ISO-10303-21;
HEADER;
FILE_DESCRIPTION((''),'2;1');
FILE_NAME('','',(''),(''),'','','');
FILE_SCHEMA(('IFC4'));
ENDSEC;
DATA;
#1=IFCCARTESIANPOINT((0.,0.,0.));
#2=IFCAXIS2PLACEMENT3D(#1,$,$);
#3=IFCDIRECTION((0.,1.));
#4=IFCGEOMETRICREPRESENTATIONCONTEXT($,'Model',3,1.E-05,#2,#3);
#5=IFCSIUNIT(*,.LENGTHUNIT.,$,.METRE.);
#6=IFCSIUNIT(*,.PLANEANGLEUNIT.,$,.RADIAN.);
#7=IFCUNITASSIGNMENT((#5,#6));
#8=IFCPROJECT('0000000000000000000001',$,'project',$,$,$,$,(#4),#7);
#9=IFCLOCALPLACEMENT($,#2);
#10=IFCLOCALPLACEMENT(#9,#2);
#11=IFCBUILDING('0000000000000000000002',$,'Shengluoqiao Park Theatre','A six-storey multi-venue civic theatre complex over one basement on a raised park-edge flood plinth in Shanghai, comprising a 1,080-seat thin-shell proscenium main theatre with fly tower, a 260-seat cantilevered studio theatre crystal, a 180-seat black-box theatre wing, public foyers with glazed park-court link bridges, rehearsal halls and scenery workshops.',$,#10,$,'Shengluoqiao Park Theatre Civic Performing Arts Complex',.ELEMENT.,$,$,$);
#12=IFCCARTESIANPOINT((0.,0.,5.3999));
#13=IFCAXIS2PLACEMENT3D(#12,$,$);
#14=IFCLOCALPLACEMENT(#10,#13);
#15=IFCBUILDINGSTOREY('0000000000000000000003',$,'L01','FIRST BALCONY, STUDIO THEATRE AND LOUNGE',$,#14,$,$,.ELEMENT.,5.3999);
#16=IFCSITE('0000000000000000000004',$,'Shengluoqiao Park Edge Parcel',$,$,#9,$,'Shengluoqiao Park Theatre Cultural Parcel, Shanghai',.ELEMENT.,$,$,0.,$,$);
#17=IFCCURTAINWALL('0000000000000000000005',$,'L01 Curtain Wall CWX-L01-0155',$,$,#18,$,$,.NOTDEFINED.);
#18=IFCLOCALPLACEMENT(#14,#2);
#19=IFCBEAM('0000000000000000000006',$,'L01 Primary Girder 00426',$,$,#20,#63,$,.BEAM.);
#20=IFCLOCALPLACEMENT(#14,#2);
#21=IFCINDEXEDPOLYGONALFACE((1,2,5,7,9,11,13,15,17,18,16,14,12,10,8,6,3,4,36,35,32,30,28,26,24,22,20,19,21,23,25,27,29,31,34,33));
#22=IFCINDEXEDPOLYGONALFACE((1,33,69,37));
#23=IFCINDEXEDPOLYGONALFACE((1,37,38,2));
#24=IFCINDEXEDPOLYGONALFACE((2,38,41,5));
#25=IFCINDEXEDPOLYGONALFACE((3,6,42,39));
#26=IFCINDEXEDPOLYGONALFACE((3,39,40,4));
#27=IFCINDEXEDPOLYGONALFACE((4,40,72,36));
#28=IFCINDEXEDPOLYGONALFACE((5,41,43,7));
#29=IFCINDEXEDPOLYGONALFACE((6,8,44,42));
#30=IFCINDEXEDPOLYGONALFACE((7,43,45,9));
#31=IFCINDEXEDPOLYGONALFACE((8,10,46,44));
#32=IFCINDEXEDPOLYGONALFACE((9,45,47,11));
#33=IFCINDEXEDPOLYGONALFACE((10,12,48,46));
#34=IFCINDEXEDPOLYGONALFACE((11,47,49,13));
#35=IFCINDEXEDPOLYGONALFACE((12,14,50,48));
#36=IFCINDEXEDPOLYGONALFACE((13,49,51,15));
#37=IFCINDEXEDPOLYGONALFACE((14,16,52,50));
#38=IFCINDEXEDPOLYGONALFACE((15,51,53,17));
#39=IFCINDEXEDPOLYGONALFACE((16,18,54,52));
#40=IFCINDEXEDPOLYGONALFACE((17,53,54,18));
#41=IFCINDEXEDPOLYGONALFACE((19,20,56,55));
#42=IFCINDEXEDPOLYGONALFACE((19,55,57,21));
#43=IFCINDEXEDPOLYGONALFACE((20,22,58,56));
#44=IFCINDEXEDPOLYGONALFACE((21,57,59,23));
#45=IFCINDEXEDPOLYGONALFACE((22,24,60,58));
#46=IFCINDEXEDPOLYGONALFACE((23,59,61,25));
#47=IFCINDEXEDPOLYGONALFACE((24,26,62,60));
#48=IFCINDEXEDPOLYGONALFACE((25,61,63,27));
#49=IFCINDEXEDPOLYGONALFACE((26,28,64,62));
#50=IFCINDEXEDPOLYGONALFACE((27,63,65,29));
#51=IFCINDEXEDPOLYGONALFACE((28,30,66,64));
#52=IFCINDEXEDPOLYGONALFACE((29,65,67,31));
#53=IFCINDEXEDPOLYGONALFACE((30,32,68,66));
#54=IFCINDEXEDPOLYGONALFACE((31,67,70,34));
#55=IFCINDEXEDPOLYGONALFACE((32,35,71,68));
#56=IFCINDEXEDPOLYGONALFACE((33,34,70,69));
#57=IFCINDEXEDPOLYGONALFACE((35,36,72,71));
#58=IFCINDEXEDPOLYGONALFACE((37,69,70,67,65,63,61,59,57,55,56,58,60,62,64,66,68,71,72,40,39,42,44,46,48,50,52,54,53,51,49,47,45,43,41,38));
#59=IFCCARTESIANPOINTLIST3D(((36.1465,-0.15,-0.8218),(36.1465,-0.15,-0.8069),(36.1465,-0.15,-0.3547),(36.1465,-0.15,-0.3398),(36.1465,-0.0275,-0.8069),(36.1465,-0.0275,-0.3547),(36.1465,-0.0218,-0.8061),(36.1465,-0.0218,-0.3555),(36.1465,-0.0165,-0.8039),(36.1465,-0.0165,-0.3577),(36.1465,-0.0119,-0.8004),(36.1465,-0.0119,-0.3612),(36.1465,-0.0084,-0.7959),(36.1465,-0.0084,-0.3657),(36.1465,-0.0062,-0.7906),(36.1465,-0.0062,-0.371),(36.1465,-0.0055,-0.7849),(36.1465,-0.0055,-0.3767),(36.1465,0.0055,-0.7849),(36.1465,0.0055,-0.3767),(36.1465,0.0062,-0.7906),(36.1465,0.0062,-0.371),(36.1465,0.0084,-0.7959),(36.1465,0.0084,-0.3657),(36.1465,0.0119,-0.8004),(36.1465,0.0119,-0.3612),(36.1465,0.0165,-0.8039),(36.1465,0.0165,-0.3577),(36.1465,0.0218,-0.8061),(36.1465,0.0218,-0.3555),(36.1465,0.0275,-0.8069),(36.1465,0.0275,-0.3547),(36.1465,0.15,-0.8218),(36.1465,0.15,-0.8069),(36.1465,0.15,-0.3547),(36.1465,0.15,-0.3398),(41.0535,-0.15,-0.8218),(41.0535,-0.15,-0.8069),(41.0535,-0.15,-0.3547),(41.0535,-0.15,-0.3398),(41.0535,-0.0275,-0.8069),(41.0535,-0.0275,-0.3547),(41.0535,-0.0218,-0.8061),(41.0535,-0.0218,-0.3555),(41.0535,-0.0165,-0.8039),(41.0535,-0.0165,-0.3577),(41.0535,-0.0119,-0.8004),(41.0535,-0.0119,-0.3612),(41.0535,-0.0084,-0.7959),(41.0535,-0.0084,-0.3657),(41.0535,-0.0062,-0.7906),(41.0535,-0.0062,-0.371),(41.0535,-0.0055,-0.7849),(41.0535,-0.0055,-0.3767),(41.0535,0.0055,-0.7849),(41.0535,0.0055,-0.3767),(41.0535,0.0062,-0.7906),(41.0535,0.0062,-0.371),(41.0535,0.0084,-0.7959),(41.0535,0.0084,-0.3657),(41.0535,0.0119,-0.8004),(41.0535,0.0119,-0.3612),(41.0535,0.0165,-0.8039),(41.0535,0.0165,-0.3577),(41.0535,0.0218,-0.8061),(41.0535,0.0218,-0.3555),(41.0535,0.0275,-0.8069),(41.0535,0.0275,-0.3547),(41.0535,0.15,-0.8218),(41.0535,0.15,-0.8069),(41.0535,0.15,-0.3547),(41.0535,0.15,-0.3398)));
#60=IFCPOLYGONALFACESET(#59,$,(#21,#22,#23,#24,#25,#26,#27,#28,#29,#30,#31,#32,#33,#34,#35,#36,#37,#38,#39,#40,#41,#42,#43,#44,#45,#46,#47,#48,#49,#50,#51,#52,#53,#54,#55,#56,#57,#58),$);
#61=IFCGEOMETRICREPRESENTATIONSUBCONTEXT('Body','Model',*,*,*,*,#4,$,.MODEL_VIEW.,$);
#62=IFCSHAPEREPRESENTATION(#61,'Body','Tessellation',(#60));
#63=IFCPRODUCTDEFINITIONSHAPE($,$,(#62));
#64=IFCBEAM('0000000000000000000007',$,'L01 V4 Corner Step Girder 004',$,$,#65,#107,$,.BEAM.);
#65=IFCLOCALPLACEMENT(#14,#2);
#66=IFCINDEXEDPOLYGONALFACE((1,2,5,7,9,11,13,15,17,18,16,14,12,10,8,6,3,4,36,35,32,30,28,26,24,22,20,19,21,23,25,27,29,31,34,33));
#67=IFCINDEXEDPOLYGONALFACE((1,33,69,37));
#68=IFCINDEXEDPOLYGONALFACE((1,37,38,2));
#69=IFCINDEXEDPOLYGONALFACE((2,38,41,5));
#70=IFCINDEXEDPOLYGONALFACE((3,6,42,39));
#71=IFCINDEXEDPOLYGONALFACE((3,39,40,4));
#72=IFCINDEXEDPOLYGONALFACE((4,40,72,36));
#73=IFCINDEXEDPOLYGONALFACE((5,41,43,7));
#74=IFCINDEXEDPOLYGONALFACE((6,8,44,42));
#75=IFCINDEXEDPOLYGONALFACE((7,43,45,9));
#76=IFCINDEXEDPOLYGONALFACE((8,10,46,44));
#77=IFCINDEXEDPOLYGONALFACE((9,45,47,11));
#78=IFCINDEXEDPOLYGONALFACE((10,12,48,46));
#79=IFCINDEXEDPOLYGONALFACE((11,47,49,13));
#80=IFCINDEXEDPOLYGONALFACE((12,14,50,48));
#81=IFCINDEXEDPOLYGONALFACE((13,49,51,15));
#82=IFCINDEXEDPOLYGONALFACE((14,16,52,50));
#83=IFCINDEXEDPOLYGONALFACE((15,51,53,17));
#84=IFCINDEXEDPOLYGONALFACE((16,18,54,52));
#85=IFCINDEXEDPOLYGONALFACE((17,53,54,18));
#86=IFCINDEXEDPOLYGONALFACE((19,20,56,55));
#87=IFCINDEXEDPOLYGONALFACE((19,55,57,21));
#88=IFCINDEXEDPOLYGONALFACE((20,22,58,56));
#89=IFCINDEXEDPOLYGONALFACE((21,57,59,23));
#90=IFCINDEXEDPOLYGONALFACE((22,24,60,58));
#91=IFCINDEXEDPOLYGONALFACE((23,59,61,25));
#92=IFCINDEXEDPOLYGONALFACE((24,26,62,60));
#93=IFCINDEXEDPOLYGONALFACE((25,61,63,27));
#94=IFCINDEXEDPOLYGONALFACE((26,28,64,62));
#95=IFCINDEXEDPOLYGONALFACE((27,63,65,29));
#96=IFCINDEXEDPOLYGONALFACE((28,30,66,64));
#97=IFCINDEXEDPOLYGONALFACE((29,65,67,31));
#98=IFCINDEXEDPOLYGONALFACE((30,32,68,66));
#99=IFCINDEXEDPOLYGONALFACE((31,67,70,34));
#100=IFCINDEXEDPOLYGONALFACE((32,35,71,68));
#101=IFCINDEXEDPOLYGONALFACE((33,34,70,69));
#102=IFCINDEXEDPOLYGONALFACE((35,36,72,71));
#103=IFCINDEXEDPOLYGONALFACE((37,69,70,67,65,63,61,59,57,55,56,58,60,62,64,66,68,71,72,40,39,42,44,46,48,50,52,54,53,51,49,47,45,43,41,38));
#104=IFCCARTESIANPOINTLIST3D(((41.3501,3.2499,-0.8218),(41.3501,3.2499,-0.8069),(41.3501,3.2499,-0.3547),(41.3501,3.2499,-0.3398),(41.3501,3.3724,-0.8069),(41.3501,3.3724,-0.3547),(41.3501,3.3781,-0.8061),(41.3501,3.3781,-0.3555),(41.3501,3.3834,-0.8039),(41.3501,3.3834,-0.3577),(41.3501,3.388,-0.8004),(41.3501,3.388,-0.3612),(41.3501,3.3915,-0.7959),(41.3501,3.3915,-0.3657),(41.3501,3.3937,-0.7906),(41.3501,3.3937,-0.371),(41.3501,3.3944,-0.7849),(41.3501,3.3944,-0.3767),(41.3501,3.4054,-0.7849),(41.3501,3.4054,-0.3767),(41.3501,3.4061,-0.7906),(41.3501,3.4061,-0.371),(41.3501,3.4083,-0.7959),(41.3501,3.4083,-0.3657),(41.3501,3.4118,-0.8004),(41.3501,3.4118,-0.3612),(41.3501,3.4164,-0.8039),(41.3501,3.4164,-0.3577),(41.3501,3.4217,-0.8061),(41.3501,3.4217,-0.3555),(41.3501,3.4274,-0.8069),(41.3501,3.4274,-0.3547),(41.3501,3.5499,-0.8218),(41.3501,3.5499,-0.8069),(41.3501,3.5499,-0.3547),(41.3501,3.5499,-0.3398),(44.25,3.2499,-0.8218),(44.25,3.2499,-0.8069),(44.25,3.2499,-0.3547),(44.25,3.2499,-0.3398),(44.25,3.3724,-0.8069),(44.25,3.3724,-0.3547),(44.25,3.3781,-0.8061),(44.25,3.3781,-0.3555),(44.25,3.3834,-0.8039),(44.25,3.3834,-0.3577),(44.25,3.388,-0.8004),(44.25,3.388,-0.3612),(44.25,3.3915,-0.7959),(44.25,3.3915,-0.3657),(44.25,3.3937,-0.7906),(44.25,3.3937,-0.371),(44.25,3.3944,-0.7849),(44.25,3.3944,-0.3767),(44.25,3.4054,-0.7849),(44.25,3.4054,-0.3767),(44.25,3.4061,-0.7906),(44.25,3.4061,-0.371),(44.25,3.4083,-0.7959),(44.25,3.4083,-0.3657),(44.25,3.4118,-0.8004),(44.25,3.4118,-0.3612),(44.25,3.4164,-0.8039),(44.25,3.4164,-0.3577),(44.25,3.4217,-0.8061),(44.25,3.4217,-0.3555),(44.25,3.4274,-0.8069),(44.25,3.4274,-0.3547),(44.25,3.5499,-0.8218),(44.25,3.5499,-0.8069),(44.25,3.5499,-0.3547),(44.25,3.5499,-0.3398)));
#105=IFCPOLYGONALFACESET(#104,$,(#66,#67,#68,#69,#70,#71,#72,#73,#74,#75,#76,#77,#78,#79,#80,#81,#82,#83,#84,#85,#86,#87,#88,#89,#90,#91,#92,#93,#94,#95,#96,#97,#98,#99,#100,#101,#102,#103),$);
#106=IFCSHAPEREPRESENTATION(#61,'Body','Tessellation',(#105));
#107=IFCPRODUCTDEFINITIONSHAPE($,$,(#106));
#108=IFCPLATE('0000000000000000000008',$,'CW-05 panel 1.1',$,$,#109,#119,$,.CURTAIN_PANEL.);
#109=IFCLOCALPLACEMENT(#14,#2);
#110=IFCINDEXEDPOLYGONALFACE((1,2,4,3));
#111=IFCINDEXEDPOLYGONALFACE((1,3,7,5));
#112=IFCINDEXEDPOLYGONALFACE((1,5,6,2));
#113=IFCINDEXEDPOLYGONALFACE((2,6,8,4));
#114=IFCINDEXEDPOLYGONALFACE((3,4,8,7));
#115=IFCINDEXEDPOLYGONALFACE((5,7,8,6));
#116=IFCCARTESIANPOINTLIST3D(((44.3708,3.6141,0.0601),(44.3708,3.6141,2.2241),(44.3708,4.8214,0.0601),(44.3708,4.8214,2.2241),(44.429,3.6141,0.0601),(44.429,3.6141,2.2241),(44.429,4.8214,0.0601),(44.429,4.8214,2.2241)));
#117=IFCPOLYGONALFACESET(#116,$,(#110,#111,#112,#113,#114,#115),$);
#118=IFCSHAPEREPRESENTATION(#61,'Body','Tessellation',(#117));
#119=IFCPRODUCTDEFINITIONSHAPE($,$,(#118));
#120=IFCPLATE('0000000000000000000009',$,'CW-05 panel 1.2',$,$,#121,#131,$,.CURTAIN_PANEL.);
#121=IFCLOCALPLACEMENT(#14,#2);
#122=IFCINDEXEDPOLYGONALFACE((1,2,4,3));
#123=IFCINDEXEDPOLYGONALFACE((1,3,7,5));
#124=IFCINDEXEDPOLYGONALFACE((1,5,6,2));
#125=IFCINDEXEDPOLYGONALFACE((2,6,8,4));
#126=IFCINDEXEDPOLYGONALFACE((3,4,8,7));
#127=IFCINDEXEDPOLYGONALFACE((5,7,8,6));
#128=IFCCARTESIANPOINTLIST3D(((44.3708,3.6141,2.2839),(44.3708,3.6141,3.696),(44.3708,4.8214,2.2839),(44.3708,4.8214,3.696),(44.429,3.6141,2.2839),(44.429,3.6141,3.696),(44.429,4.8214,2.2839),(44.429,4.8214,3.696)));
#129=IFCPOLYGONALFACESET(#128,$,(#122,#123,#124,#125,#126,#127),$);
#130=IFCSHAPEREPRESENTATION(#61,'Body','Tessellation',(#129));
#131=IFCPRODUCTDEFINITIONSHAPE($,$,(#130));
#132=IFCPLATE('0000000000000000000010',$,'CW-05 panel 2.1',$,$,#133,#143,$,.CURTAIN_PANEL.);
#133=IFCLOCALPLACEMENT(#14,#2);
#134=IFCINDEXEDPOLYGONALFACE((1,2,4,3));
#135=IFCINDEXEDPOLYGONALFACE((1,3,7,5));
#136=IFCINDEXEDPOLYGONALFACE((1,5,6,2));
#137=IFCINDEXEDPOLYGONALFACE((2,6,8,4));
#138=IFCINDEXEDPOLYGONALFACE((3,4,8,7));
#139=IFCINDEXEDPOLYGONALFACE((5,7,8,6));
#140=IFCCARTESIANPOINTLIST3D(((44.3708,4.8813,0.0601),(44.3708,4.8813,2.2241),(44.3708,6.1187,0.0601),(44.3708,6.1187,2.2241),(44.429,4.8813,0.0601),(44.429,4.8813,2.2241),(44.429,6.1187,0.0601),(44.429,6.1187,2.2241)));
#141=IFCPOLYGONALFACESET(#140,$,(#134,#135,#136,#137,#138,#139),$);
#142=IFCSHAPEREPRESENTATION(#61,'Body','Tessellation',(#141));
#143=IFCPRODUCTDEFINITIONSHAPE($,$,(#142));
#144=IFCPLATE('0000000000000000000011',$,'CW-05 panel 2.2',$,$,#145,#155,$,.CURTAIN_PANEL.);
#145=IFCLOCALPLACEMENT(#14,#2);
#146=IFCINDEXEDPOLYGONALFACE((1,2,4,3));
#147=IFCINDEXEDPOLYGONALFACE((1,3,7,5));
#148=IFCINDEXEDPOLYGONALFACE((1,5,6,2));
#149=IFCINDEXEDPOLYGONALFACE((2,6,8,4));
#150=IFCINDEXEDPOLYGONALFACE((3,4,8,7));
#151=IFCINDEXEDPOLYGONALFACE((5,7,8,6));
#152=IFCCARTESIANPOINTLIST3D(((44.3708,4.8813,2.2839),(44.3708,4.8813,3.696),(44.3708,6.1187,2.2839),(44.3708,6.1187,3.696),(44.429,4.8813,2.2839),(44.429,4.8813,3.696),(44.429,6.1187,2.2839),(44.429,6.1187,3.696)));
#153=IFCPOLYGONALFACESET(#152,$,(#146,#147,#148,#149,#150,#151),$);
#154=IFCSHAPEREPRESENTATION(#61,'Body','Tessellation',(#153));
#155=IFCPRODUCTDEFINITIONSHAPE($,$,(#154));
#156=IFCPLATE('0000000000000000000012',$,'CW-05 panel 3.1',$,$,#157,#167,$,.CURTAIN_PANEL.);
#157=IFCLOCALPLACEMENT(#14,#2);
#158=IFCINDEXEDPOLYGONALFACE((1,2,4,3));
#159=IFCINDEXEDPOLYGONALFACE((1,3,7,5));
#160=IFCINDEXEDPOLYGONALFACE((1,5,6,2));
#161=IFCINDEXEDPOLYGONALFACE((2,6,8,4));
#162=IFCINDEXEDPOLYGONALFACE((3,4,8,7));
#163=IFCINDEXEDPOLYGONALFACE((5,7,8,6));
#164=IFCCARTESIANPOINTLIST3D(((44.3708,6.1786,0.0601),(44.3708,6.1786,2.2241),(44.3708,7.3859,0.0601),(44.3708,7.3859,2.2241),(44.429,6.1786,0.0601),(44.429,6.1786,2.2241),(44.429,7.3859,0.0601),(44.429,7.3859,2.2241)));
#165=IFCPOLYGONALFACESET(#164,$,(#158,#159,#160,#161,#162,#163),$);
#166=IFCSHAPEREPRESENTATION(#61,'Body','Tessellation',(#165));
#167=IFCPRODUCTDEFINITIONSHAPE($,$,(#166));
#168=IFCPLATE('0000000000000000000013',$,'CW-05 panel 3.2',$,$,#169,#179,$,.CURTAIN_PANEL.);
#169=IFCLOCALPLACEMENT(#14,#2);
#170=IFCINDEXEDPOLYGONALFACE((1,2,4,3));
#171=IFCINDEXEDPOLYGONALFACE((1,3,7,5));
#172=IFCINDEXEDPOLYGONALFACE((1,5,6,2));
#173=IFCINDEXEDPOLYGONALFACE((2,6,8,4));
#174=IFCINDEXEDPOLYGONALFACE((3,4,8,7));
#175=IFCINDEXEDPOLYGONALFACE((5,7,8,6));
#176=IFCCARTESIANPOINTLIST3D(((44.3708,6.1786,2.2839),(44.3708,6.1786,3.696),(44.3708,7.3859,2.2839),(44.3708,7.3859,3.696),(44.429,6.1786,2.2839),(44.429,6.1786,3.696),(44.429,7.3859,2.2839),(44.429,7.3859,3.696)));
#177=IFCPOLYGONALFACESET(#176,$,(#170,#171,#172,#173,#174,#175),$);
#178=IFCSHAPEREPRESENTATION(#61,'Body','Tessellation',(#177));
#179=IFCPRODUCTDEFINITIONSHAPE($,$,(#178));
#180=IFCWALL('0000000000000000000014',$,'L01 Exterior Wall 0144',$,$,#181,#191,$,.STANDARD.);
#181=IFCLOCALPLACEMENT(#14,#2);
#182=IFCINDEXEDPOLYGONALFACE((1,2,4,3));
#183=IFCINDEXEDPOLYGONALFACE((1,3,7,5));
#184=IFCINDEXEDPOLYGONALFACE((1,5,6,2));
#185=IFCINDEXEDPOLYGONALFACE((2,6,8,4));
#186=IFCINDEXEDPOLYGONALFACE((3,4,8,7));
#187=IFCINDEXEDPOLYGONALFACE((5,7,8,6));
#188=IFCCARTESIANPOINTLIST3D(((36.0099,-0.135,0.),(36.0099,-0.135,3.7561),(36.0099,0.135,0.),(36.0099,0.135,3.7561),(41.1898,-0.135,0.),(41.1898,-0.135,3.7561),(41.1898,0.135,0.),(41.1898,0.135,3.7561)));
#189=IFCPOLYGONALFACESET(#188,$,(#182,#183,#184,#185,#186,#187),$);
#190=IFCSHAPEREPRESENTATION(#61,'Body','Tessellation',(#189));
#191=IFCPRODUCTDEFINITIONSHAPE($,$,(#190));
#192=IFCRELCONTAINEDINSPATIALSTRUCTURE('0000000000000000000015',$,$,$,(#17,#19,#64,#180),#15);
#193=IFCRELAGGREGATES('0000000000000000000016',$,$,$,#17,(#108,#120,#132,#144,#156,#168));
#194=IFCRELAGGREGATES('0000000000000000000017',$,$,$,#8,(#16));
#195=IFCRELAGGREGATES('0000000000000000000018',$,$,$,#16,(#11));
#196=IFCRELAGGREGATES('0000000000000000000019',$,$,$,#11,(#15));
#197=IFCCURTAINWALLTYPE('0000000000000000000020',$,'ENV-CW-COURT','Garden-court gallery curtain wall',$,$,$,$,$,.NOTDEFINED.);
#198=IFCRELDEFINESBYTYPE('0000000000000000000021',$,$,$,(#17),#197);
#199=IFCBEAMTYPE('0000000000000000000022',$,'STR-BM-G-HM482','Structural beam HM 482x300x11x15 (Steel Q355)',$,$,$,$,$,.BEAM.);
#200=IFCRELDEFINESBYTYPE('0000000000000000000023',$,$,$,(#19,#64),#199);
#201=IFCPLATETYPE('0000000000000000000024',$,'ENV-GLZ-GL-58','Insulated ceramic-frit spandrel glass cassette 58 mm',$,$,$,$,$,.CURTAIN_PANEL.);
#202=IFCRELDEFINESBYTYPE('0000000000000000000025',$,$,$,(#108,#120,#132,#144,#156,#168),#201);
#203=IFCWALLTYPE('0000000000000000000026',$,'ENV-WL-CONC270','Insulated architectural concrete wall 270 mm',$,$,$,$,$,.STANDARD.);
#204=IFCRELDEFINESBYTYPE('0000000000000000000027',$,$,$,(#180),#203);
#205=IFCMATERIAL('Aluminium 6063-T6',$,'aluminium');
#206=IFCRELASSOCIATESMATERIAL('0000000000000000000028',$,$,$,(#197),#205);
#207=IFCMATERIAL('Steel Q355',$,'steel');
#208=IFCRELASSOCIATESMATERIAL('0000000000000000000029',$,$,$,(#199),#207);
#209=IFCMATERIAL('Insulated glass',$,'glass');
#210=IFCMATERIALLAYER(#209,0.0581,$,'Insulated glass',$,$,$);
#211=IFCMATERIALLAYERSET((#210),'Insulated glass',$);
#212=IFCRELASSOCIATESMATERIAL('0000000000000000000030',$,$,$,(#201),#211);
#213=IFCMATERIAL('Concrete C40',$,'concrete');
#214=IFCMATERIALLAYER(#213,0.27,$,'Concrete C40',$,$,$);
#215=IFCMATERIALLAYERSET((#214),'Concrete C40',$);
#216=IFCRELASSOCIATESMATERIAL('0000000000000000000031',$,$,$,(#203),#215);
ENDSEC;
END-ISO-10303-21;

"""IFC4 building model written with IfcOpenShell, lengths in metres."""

from ifc_helpers import new_model, si_unit, direction, frame, frame_2d, origin, origin_2d, place, context, subcontext, project, spatial, rectangle, i_section, extrude, material, layer, layer_set, material_profile, profile_set, type_object, element, aggregate, save


model = new_model("IFC4")

# Units and contexts
model_context = context("Model", 3, precision=1e-05, world=origin(), true_north=direction((0.0, 1.0)))
body_context = subcontext(model_context, "Body", "Model", "MODEL_VIEW")
ifc_project = project(units=[si_unit("LENGTHUNIT", "METRE"), si_unit("PLANEANGLEUNIT", "RADIAN")], contexts=[model_context])

# Site, building, storey
site_placement = place(None, origin())
site = spatial("IfcSite", under=ifc_project, at=site_placement, Name="Shengluoqiao Park Edge Parcel", LongName="Shengluoqiao Park Theatre Cultural Parcel, Shanghai", CompositionType="ELEMENT", RefElevation=0.0)
building_placement = place(site_placement, origin())
building = spatial("IfcBuilding", under=site, at=building_placement, Name="Shengluoqiao Park Theatre", Description="A six-storey multi-venue civic theatre complex over one basement on a raised park-edge flood plinth in Shanghai, comprising a 1,080-seat thin-shell proscenium main theatre with fly tower, a 260-seat cantilevered studio theatre crystal, a 180-seat black-box theatre wing, public foyers with glazed park-court link bridges, rehearsal halls and scenery workshops.", LongName="Shengluoqiao Park Theatre Civic Performing Arts Complex", CompositionType="ELEMENT")
storey_placement = place(building_placement, frame((0.0, 0.0, 5.3999)))
storey = spatial("IfcBuildingStorey", under=building, at=storey_placement, Name="L01", Description="FIRST BALCONY, STUDIO THEATRE AND LOUNGE", CompositionType="ELEMENT", Elevation=5.3999)

# Shared definitions
ifc_material_1 = material(Name="Steel Q355", Category="steel")

# Curtain wall
ifc_material_2 = material(Name="Aluminium 6063-T6", Category="aluminium")
curtain_wall_type = type_object("IfcCurtainWallType", Name="ENV-CW-COURT", Description="Garden-court gallery curtain wall", PredefinedType="NOTDEFINED", material=ifc_material_2)
curtain_wall_placement = place(storey_placement, origin())
curtain_wall = element("IfcCurtainWall", 1, at=curtain_wall_placement, inside=storey, type_object=curtain_wall_type, Name="L01 Curtain Wall CWX-L01-0155", PredefinedType="NOTDEFINED")

# Beams
ifc_material_profile_1 = material_profile(ifc_material_1, i_section(OverallWidth=0.3, OverallDepth=0.4819, WebThickness=0.011, FlangeThickness=0.0149, FilletRadius=0.022, at=origin_2d()), Name="HM 482x300x11x15")
ifc_profile_set_1 = profile_set([ifc_material_profile_1], Name="Steel Q355")
beam_type_1 = type_object("IfcBeamType", Name="STR-BM-G-HM482", Description="Structural beam HM 482x300x11x15 (Steel Q355)", PredefinedType="BEAM", material=ifc_profile_set_1)
beam_1_placement = place(storey_placement, frame((36.1465, 0.0, -0.5808), z_axis=(1.0, 0.0, 0.0), x_axis=(0.0, 1.0, 0.0)))
element("IfcBeam", 2, at=beam_1_placement, inside=storey, type_object=beam_type_1, Name="L01 Primary Girder 00426", PredefinedType="BEAM", context=body_context, shape_type="SweptSolid", body=[
    extrude(i_section(OverallWidth=0.3, OverallDepth=0.4819, WebThickness=0.011, FlangeThickness=0.0149, FilletRadius=0.022, at=origin_2d()), origin(), (0.0, 0.0, 1.0), 4.907),
])
beam_2_placement = place(storey_placement, frame((41.3501, 3.3999, -0.5808), z_axis=(1.0, 0.0, 0.0), x_axis=(0.0, 1.0, 0.0)))
element("IfcBeam", 3, at=beam_2_placement, inside=storey, type_object=beam_type_1, Name="L01 V4 Corner Step Girder 004", PredefinedType="BEAM", context=body_context, shape_type="SweptSolid", body=[
    extrude(i_section(OverallWidth=0.3, OverallDepth=0.4819, WebThickness=0.011, FlangeThickness=0.0149, FilletRadius=0.022, at=origin_2d()), origin(), (0.0, 0.0, 1.0), 2.8999),
])

# Plates
ifc_material_3 = material(Name="Insulated glass", Category="glass")
ifc_layer_1 = layer(ifc_material_3, 0.0581, Name="Insulated glass")
ifc_layer_set_1 = layer_set([ifc_layer_1], Name="Insulated glass")
plate_type = type_object("IfcPlateType", Name="ENV-GLZ-GL-58", Description="Insulated ceramic-frit spandrel glass cassette 58 mm", PredefinedType="CURTAIN_PANEL", material=ifc_layer_set_1)
plate_1_placement = place(storey_placement, frame((44.3999, 4.2178, 0.0601), z_axis=(0.0, 0.0, 1.0), x_axis=(0.0, 1.0, 0.0)))
plate_1 = element("IfcPlate", 4, at=plate_1_placement, type_object=plate_type, Name="CW-05 panel 1.1", PredefinedType="CURTAIN_PANEL", context=body_context, shape_type="SweptSolid", body=[
    extrude(rectangle(XDim=1.2073, YDim=0.0581, at=origin_2d()), origin(), (0.0, 0.0, 1.0), 2.1641),
])
plate_2_placement = place(storey_placement, frame((44.3999, 4.2178, 2.2839), z_axis=(0.0, 0.0, 1.0), x_axis=(0.0, 1.0, 0.0)))
plate_2 = element("IfcPlate", 5, at=plate_2_placement, type_object=plate_type, Name="CW-05 panel 1.2", PredefinedType="CURTAIN_PANEL", context=body_context, shape_type="SweptSolid", body=[
    extrude(rectangle(XDim=1.2073, YDim=0.0581, at=origin_2d()), origin(), (0.0, 0.0, 1.0), 1.4121),
])
plate_3_placement = place(storey_placement, frame((44.3999, 5.5, 0.0601), z_axis=(0.0, 0.0, 1.0), x_axis=(0.0, 1.0, 0.0)))
plate_3 = element("IfcPlate", 6, at=plate_3_placement, type_object=plate_type, Name="CW-05 panel 2.1", PredefinedType="CURTAIN_PANEL", context=body_context, shape_type="SweptSolid", body=[
    extrude(rectangle(XDim=1.2373, YDim=0.0581, at=origin_2d()), origin(), (0.0, 0.0, 1.0), 2.1641),
])
plate_4_placement = place(storey_placement, frame((44.3999, 5.5, 2.2839), z_axis=(0.0, 0.0, 1.0), x_axis=(0.0, 1.0, 0.0)))
plate_4 = element("IfcPlate", 7, at=plate_4_placement, type_object=plate_type, Name="CW-05 panel 2.2", PredefinedType="CURTAIN_PANEL", context=body_context, shape_type="SweptSolid", body=[
    extrude(rectangle(XDim=1.2373, YDim=0.0581, at=origin_2d()), origin(), (0.0, 0.0, 1.0), 1.4121),
])
plate_5_placement = place(storey_placement, frame((44.3999, 6.7822, 0.0601), z_axis=(0.0, 0.0, 1.0), x_axis=(0.0, 1.0, 0.0)))
plate_5 = element("IfcPlate", 8, at=plate_5_placement, type_object=plate_type, Name="CW-05 panel 3.1", PredefinedType="CURTAIN_PANEL", context=body_context, shape_type="SweptSolid", body=[
    extrude(rectangle(XDim=1.2073, YDim=0.0581, at=origin_2d()), origin(), (0.0, 0.0, 1.0), 2.1641),
])
plate_6_placement = place(storey_placement, frame((44.3999, 6.7822, 2.2839), z_axis=(0.0, 0.0, 1.0), x_axis=(0.0, 1.0, 0.0)))
plate_6 = element("IfcPlate", 9, at=plate_6_placement, type_object=plate_type, Name="CW-05 panel 3.2", PredefinedType="CURTAIN_PANEL", context=body_context, shape_type="SweptSolid", body=[
    extrude(rectangle(XDim=1.2073, YDim=0.0581, at=origin_2d()), origin(), (0.0, 0.0, 1.0), 1.4121),
])
aggregate(curtain_wall, [plate_1, plate_2, plate_3, plate_4, plate_5, plate_6])

# Wall
ifc_material_4 = material(Name="Concrete C40", Category="concrete")
ifc_layer_2 = layer(ifc_material_4, 0.27, Name="Concrete C40")
ifc_layer_set_2 = layer_set([ifc_layer_2], Name="Concrete C40")
wall_type = type_object("IfcWallType", Name="ENV-WL-CONC270", Description="Insulated architectural concrete wall 270 mm", PredefinedType="STANDARD", material=ifc_layer_set_2)
wall_1_placement = place(storey_placement, frame((36.01, 0.0, 0.0), z_axis=(0.0, 0.0, 1.0), x_axis=(1.0, 0.0, 0.0)))
element("IfcWall", 10, at=wall_1_placement, inside=storey, type_object=wall_type, Name="L01 Exterior Wall 0144", PredefinedType="STANDARD", context=body_context, shape_type="SweptSolid", body=[
    extrude(rectangle(XDim=5.1799, YDim=0.27, at=frame_2d((2.5898, 0.0))), origin(), (0.0, 0.0, 1.0), 3.7561),
])

save(model, "model.ifc")
